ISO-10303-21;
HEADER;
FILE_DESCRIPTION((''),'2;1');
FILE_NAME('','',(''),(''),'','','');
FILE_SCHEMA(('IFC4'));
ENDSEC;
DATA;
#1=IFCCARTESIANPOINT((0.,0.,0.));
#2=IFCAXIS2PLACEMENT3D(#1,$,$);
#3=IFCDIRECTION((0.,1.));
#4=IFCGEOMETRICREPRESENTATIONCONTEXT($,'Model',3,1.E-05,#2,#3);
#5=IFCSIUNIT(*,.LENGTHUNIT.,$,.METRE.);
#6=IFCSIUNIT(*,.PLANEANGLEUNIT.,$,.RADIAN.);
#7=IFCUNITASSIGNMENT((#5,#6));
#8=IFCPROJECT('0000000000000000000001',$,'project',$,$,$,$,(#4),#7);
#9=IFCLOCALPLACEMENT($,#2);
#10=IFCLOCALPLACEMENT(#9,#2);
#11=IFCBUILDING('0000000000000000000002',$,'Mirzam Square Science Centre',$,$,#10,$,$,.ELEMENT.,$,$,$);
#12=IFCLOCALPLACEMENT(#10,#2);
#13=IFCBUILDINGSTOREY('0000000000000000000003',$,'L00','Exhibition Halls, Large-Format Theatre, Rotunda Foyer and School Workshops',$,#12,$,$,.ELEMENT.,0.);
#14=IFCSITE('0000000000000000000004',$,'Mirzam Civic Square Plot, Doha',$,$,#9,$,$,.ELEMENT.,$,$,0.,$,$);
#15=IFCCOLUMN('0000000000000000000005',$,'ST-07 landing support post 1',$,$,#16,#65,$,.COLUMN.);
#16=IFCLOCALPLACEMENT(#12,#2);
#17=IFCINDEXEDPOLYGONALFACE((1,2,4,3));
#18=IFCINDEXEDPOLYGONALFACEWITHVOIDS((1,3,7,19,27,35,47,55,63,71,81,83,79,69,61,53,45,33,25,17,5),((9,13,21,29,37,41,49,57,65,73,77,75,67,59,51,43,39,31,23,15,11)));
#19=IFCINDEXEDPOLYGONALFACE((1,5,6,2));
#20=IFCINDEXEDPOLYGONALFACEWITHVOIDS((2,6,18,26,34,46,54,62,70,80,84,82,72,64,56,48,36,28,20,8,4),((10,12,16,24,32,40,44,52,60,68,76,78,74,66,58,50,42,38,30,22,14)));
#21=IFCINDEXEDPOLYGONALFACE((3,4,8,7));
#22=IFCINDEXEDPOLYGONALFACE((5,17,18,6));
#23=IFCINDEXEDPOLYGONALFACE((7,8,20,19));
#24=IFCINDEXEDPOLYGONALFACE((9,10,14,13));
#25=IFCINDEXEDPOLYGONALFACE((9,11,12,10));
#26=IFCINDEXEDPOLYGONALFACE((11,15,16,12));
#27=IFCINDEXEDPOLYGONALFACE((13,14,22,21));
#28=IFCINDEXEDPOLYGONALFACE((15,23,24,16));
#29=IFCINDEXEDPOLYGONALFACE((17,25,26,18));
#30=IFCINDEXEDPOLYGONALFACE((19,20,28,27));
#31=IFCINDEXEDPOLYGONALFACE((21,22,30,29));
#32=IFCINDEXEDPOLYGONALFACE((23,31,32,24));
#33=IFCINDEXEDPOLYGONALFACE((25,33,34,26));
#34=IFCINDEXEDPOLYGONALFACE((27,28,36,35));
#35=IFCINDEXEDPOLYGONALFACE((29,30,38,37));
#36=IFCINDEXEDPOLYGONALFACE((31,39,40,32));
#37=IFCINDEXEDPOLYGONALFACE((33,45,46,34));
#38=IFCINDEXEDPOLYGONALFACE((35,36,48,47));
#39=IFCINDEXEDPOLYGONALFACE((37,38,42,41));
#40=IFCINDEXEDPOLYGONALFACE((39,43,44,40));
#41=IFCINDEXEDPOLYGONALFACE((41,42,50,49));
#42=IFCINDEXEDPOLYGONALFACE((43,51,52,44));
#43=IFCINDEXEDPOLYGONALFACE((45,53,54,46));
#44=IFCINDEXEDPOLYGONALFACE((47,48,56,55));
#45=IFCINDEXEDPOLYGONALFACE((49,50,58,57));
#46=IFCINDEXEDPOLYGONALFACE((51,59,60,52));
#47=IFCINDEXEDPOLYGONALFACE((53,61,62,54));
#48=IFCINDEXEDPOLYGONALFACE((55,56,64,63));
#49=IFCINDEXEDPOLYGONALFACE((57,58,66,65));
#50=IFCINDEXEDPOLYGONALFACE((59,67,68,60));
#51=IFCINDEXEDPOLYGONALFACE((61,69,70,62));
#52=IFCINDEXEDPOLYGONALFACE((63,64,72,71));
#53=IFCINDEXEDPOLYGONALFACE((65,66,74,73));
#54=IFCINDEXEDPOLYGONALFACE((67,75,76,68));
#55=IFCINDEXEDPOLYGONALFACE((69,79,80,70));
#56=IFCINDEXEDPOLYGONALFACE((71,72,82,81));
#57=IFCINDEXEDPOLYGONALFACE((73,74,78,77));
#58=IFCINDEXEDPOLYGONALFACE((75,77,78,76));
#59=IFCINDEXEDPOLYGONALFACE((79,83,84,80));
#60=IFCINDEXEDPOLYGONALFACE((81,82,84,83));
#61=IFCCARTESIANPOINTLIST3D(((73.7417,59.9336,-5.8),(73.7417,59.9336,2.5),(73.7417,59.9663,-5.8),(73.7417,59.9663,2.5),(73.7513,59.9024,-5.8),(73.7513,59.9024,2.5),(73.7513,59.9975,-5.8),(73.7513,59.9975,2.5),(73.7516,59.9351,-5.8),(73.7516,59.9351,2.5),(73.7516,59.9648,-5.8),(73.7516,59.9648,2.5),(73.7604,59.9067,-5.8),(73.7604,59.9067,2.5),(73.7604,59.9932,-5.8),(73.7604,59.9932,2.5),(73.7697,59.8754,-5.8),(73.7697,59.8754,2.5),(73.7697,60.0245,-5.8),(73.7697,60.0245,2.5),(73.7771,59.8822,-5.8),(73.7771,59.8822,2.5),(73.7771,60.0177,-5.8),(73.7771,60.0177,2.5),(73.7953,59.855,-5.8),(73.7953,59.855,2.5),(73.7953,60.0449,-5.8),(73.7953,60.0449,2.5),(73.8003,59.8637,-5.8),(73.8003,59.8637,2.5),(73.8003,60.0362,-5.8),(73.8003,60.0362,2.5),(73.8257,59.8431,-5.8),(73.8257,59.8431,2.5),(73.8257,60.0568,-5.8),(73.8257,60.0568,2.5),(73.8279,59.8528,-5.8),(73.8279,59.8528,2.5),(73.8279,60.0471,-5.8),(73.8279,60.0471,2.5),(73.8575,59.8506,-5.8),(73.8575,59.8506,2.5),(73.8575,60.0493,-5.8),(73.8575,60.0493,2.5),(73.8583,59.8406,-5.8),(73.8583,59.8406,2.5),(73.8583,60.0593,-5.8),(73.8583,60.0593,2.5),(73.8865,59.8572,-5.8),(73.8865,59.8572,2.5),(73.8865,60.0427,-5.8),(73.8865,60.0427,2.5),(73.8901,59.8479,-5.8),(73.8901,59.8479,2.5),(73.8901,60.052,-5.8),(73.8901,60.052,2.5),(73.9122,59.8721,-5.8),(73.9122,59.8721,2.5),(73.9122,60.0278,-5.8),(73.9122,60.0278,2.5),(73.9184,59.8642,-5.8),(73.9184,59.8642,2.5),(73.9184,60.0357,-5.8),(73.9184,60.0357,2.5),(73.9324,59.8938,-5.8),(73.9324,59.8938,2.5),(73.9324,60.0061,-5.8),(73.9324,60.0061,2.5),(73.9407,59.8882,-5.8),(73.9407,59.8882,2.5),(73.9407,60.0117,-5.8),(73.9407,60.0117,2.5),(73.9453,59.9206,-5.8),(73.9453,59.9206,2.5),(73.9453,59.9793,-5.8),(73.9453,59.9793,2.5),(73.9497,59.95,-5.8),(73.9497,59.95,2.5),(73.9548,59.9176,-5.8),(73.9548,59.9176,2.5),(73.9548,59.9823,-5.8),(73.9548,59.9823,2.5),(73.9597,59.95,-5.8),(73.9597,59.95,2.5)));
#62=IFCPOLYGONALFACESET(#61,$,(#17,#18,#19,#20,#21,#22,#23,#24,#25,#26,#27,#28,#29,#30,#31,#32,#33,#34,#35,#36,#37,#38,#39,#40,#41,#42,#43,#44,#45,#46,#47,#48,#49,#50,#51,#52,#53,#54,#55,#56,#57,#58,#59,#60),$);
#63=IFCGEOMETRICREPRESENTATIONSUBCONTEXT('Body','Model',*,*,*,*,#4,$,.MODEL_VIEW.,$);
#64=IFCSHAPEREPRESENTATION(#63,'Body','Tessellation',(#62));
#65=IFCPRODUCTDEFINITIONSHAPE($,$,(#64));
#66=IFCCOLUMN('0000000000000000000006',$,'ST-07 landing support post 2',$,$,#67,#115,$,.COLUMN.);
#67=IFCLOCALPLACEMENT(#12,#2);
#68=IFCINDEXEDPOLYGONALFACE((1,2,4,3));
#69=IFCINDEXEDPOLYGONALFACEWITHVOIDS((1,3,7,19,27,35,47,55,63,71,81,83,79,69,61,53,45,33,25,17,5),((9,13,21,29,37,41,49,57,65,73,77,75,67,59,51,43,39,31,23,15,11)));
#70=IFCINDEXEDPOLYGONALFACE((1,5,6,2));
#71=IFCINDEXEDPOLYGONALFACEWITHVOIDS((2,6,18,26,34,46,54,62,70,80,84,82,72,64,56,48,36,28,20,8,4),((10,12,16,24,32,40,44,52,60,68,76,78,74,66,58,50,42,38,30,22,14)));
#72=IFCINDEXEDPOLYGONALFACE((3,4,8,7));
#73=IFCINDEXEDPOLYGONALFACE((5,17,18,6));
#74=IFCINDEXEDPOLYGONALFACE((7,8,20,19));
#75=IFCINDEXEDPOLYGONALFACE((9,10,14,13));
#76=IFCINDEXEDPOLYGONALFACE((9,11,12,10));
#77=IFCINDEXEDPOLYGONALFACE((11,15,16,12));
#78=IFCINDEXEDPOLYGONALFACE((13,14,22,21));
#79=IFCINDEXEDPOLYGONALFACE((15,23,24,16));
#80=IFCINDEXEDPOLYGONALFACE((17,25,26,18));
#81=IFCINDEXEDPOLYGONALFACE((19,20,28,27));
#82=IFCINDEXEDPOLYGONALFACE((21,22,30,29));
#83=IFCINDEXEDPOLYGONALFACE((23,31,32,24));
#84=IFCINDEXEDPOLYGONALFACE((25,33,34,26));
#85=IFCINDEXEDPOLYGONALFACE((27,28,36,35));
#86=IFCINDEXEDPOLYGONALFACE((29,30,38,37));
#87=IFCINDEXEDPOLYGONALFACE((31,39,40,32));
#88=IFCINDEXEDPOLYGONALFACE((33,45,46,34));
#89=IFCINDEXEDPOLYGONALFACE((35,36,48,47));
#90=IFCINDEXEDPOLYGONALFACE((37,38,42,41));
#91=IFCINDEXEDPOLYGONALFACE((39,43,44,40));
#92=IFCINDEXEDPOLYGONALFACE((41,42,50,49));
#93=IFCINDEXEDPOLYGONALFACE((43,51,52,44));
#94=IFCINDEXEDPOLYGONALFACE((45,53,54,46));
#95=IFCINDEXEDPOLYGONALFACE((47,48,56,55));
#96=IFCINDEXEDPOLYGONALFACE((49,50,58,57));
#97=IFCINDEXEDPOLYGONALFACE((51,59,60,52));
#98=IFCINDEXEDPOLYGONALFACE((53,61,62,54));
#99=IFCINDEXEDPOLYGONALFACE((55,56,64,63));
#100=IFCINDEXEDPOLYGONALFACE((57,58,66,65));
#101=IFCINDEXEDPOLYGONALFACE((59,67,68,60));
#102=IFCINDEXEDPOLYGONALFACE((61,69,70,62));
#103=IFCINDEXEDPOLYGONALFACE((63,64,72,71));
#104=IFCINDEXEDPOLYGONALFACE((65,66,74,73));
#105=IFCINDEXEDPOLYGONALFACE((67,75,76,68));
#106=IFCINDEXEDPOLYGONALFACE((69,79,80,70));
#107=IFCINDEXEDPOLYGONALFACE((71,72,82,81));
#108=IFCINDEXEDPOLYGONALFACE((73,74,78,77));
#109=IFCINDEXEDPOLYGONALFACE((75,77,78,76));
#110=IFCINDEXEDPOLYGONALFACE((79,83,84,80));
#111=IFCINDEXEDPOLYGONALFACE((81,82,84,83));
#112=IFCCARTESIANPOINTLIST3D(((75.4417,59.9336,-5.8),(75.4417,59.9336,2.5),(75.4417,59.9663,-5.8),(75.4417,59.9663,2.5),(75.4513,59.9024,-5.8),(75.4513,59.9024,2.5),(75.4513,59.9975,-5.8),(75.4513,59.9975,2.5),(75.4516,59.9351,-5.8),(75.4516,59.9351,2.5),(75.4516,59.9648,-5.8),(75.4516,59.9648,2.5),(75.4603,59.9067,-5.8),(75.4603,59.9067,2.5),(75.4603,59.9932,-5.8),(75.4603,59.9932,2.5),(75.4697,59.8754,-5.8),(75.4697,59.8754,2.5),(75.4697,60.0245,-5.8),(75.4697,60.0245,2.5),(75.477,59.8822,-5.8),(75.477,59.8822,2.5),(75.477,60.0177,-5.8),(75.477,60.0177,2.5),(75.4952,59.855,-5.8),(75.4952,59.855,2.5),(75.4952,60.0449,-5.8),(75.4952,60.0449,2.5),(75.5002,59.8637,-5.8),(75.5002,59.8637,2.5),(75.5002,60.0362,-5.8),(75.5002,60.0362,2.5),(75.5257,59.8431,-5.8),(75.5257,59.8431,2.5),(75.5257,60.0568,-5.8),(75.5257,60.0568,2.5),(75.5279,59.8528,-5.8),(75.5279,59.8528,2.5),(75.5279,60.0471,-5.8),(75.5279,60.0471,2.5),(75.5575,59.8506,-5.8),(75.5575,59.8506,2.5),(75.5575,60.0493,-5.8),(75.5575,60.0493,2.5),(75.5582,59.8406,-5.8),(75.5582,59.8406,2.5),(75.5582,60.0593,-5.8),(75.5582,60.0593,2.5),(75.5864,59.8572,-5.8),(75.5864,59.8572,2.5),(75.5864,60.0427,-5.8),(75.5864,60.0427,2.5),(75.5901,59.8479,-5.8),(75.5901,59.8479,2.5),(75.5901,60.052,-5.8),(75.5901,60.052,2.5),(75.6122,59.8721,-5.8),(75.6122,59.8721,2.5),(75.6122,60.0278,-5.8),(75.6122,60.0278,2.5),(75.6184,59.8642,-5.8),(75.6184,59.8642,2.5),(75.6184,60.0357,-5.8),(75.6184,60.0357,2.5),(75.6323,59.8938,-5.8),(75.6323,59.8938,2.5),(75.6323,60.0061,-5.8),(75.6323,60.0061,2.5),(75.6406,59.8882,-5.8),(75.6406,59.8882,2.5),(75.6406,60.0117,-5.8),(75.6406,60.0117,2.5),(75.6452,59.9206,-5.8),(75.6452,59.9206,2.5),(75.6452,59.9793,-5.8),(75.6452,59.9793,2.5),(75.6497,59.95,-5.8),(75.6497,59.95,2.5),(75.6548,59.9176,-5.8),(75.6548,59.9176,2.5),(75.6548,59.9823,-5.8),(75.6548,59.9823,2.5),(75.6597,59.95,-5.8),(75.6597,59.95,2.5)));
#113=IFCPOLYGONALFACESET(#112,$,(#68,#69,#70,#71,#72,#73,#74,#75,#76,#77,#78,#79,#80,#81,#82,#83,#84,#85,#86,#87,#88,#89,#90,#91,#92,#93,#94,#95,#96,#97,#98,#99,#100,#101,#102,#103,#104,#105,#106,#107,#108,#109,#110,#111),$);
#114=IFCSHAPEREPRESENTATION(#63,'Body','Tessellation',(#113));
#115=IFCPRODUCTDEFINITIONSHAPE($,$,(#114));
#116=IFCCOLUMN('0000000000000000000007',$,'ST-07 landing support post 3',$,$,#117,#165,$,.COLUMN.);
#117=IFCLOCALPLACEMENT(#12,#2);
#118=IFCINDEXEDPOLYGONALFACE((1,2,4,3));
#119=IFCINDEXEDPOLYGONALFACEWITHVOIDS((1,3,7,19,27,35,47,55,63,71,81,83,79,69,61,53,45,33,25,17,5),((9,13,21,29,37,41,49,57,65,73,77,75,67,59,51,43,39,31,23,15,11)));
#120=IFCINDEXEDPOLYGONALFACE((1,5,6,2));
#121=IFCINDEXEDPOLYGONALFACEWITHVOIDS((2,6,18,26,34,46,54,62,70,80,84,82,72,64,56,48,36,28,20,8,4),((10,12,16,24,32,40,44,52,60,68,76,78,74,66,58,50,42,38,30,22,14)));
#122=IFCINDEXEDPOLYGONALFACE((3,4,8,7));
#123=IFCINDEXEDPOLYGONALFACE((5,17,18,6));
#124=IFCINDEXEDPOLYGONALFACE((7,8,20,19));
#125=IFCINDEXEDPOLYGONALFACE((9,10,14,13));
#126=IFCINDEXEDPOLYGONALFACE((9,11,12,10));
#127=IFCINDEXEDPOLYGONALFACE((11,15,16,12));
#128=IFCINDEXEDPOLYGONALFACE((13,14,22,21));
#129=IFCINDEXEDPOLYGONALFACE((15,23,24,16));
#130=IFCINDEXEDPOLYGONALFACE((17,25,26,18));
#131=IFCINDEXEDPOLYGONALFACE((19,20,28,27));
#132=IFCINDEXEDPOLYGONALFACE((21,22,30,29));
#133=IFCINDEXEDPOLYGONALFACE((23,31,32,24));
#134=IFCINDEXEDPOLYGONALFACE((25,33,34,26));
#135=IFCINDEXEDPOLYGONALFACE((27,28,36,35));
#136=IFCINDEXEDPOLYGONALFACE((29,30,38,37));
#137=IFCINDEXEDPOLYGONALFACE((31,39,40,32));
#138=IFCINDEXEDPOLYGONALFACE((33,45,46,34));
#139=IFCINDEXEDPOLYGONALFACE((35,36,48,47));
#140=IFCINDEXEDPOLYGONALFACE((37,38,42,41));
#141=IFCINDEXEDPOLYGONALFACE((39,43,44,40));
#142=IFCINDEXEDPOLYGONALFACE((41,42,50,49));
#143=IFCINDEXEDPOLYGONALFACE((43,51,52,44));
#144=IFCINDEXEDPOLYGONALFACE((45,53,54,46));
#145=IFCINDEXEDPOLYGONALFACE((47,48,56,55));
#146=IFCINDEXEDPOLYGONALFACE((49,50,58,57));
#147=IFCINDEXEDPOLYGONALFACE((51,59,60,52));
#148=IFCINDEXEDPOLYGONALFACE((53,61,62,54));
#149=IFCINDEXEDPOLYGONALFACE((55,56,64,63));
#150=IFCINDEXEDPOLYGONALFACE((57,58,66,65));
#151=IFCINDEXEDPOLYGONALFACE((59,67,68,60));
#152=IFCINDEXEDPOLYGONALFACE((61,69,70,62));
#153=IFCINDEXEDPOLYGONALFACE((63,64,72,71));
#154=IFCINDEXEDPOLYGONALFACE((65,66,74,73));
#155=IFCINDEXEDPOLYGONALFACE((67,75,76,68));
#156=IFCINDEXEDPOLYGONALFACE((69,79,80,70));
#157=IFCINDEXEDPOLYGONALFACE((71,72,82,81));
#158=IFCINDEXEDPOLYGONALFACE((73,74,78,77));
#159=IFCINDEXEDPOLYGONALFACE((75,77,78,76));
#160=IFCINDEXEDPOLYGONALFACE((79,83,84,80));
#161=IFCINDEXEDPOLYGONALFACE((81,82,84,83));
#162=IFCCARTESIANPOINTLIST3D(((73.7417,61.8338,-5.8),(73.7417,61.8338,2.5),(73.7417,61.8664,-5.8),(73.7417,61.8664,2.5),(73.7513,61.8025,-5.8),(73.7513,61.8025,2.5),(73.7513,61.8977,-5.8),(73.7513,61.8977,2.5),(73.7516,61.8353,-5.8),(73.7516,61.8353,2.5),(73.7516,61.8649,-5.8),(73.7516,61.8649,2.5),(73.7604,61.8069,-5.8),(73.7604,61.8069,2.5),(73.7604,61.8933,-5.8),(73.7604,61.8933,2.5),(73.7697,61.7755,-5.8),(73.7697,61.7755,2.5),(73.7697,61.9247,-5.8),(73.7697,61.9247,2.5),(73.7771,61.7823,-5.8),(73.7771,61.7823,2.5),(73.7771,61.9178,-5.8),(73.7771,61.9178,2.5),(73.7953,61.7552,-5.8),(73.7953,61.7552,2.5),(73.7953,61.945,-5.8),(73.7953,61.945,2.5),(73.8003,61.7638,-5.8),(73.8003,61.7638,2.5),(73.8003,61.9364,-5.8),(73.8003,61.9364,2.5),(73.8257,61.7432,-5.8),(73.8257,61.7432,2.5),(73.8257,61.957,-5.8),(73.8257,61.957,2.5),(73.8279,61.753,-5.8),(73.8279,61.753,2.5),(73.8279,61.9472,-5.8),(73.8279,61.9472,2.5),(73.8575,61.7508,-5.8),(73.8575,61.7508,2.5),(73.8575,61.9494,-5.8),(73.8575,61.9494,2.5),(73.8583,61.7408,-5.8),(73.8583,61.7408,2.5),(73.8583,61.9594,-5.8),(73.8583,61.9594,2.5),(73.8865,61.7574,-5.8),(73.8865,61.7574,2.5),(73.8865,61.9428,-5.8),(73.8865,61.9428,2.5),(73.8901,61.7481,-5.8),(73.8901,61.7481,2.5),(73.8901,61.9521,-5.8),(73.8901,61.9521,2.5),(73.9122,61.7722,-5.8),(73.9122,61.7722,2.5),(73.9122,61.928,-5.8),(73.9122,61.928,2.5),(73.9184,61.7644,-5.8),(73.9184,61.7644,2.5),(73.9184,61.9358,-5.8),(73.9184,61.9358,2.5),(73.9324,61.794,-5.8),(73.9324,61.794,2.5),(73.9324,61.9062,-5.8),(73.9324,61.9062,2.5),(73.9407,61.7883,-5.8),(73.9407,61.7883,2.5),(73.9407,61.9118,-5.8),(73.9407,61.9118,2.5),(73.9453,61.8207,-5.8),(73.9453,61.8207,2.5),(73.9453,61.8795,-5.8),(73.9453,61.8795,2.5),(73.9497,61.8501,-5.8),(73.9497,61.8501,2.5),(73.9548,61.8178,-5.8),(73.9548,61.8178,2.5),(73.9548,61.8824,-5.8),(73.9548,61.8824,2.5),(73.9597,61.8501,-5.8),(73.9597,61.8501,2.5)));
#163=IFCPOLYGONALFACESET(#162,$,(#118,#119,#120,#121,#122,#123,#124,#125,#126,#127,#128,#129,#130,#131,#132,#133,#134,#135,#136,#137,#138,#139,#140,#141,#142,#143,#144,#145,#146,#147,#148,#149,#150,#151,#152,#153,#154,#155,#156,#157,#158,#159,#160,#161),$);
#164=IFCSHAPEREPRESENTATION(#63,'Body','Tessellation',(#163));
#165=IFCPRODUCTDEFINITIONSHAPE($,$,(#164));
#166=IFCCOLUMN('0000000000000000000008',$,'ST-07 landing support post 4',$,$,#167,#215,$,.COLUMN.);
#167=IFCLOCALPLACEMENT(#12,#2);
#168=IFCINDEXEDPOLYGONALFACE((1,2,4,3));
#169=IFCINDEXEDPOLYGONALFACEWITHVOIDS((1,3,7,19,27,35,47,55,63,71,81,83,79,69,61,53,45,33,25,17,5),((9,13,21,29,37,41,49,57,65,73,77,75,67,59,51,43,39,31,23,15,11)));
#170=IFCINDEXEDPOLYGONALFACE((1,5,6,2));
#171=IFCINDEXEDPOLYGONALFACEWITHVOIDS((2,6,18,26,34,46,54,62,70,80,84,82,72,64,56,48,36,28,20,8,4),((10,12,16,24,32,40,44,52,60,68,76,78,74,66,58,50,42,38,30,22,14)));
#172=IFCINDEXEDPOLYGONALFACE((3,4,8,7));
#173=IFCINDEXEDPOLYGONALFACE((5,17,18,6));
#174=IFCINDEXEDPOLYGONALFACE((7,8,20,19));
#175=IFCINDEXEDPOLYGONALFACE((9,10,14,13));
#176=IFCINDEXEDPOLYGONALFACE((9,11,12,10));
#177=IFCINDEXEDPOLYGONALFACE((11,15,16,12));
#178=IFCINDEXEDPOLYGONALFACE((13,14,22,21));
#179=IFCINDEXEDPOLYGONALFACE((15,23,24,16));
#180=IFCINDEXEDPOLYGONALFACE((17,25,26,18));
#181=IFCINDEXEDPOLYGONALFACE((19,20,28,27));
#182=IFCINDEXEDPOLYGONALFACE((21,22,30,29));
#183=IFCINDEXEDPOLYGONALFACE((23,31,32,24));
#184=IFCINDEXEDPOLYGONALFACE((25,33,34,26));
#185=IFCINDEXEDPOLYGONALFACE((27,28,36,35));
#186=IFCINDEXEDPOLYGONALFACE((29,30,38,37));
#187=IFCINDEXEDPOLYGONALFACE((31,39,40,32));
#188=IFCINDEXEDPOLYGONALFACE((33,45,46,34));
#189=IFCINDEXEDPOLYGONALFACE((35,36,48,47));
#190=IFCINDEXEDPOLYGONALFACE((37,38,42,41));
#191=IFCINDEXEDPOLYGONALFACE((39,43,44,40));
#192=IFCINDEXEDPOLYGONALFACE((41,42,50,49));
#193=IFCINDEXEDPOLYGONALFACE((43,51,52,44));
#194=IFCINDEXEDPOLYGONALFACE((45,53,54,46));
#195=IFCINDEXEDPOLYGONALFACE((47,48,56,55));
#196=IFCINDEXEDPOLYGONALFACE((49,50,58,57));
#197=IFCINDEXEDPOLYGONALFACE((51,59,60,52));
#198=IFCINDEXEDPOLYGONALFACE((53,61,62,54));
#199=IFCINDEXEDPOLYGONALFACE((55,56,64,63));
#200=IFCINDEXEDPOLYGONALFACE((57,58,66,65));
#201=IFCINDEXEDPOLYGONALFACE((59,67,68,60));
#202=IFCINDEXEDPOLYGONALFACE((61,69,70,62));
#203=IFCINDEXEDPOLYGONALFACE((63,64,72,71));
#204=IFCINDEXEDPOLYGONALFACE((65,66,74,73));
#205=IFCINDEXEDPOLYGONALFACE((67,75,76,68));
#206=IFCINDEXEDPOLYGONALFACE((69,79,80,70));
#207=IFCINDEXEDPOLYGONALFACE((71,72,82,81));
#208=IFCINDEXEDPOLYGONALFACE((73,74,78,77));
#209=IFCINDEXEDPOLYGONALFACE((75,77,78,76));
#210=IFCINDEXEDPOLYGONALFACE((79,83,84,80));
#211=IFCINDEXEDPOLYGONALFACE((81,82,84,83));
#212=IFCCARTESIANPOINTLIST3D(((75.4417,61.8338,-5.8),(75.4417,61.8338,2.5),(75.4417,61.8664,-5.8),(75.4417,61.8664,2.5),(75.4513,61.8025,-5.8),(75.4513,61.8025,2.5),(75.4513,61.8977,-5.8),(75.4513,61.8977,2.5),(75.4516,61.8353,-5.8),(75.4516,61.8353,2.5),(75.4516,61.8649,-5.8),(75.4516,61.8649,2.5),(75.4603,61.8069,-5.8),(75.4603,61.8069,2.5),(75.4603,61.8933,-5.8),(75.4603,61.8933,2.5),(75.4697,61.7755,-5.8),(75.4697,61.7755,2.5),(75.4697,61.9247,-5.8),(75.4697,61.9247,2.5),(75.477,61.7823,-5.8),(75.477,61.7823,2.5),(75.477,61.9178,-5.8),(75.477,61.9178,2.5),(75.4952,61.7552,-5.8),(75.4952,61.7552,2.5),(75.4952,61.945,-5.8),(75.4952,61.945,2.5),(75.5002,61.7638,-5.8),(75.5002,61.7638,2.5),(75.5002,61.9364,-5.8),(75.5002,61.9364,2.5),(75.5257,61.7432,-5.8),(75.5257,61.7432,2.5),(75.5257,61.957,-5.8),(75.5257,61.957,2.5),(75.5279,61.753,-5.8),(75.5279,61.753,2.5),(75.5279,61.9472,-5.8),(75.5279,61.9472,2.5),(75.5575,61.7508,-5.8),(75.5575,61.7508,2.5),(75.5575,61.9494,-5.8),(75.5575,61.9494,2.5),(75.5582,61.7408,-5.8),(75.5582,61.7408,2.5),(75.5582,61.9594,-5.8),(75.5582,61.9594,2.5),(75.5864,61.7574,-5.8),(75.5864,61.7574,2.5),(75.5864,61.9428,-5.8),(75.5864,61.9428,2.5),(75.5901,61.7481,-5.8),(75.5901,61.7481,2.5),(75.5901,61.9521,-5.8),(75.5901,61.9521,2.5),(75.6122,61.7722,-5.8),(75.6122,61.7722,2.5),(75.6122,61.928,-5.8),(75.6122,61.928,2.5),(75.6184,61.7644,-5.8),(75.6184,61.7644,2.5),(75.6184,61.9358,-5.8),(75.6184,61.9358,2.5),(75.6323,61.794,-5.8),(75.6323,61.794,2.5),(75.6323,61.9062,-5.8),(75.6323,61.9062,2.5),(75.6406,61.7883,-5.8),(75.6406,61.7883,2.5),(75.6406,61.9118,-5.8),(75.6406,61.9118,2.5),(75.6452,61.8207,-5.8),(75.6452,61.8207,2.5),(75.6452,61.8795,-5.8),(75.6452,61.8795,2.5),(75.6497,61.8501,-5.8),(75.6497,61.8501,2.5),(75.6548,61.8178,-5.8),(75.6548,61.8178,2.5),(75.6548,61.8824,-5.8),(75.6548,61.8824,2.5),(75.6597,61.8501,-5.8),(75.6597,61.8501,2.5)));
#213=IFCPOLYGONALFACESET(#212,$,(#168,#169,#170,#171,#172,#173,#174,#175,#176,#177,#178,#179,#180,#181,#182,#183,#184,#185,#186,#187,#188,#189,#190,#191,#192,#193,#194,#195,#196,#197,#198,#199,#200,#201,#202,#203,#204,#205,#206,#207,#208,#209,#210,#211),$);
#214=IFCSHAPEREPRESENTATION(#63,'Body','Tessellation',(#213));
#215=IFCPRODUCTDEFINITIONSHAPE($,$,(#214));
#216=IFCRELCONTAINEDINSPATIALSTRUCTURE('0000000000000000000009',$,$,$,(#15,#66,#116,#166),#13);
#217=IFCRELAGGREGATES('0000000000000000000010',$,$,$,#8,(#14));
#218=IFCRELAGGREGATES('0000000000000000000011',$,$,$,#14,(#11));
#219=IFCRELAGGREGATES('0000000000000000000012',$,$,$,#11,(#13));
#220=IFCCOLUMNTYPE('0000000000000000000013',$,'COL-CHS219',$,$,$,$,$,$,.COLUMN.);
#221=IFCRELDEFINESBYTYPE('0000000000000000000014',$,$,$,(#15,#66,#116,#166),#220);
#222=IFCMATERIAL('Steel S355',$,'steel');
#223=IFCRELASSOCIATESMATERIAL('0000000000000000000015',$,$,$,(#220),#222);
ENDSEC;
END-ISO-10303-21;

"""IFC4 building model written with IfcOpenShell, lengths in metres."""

from ifc_helpers import new_model, si_unit, direction, frame, origin, origin_2d, place, context, subcontext, project, spatial, hollow_circle, extrude, material, material_profile, profile_set, type_object, element, save


model = new_model("IFC4")

# Units and contexts
model_context = context("Model", 3, precision=1e-05, world=origin(), true_north=direction((0.0, 1.0)))
body_context = subcontext(model_context, "Body", "Model", "MODEL_VIEW")
ifc_project = project(units=[si_unit("LENGTHUNIT", "METRE"), si_unit("PLANEANGLEUNIT", "RADIAN")], contexts=[model_context])

# Site, building, storey
site_placement = place(None, origin())
site = spatial("IfcSite", under=ifc_project, at=site_placement, Name="Mirzam Civic Square Plot, Doha", CompositionType="ELEMENT", RefElevation=0.0)
building_placement = place(site_placement, origin())
building = spatial("IfcBuilding", under=site, at=building_placement, Name="Mirzam Square Science Centre", CompositionType="ELEMENT")
storey_placement = place(building_placement, origin())
storey = spatial("IfcBuildingStorey", under=building, at=storey_placement, Name="L00", Description="Exhibition Halls, Large-Format Theatre, Rotunda Foyer and School Workshops", CompositionType="ELEMENT", Elevation=0.0)

# Columns
ifc_material_1 = material(Name="Steel S355", Category="steel")
ifc_material_profile_1 = material_profile(ifc_material_1, hollow_circle(Radius=0.1096, WallThickness=0.01, at=origin_2d()), Name="219.1x10.0CHS")
ifc_profile_set_1 = profile_set([ifc_material_profile_1], Name="Steel S355")
column_type = type_object("IfcColumnType", Name="COL-CHS219", PredefinedType="COLUMN", material=ifc_profile_set_1)
for number, where, z_axis, x_axis, name in (
    (1, (73.8501, 59.95, -5.8), (0.0, 0.0, 1.0), (1.0, 0.0, 0.0), "ST-07 landing support post 1"),
    (2, (75.55, 59.95, -5.8), (0.0, 0.0, 1.0), (1.0, 0.0, 0.0), "ST-07 landing support post 2"),
    (3, (73.8501, 61.8501, -5.8), (0.0, 0.0, 1.0), (1.0, 0.0, 0.0), "ST-07 landing support post 3"),
    (4, (75.55, 61.8501, -5.8), (0.0, 0.0, 1.0), (1.0, 0.0, 0.0), "ST-07 landing support post 4"),
):
    element("IfcColumn", number, at=place(storey_placement, frame(where, z_axis=z_axis, x_axis=x_axis)), inside=storey, type_object=column_type, Name=name, PredefinedType="COLUMN", context=body_context, shape_type="SweptSolid", body=[
        extrude(hollow_circle(Radius=0.1096, WallThickness=0.01, at=origin_2d()), origin(), (0.0, 0.0, 1.0), 8.3),
    ])

save(model, "model.ifc")
